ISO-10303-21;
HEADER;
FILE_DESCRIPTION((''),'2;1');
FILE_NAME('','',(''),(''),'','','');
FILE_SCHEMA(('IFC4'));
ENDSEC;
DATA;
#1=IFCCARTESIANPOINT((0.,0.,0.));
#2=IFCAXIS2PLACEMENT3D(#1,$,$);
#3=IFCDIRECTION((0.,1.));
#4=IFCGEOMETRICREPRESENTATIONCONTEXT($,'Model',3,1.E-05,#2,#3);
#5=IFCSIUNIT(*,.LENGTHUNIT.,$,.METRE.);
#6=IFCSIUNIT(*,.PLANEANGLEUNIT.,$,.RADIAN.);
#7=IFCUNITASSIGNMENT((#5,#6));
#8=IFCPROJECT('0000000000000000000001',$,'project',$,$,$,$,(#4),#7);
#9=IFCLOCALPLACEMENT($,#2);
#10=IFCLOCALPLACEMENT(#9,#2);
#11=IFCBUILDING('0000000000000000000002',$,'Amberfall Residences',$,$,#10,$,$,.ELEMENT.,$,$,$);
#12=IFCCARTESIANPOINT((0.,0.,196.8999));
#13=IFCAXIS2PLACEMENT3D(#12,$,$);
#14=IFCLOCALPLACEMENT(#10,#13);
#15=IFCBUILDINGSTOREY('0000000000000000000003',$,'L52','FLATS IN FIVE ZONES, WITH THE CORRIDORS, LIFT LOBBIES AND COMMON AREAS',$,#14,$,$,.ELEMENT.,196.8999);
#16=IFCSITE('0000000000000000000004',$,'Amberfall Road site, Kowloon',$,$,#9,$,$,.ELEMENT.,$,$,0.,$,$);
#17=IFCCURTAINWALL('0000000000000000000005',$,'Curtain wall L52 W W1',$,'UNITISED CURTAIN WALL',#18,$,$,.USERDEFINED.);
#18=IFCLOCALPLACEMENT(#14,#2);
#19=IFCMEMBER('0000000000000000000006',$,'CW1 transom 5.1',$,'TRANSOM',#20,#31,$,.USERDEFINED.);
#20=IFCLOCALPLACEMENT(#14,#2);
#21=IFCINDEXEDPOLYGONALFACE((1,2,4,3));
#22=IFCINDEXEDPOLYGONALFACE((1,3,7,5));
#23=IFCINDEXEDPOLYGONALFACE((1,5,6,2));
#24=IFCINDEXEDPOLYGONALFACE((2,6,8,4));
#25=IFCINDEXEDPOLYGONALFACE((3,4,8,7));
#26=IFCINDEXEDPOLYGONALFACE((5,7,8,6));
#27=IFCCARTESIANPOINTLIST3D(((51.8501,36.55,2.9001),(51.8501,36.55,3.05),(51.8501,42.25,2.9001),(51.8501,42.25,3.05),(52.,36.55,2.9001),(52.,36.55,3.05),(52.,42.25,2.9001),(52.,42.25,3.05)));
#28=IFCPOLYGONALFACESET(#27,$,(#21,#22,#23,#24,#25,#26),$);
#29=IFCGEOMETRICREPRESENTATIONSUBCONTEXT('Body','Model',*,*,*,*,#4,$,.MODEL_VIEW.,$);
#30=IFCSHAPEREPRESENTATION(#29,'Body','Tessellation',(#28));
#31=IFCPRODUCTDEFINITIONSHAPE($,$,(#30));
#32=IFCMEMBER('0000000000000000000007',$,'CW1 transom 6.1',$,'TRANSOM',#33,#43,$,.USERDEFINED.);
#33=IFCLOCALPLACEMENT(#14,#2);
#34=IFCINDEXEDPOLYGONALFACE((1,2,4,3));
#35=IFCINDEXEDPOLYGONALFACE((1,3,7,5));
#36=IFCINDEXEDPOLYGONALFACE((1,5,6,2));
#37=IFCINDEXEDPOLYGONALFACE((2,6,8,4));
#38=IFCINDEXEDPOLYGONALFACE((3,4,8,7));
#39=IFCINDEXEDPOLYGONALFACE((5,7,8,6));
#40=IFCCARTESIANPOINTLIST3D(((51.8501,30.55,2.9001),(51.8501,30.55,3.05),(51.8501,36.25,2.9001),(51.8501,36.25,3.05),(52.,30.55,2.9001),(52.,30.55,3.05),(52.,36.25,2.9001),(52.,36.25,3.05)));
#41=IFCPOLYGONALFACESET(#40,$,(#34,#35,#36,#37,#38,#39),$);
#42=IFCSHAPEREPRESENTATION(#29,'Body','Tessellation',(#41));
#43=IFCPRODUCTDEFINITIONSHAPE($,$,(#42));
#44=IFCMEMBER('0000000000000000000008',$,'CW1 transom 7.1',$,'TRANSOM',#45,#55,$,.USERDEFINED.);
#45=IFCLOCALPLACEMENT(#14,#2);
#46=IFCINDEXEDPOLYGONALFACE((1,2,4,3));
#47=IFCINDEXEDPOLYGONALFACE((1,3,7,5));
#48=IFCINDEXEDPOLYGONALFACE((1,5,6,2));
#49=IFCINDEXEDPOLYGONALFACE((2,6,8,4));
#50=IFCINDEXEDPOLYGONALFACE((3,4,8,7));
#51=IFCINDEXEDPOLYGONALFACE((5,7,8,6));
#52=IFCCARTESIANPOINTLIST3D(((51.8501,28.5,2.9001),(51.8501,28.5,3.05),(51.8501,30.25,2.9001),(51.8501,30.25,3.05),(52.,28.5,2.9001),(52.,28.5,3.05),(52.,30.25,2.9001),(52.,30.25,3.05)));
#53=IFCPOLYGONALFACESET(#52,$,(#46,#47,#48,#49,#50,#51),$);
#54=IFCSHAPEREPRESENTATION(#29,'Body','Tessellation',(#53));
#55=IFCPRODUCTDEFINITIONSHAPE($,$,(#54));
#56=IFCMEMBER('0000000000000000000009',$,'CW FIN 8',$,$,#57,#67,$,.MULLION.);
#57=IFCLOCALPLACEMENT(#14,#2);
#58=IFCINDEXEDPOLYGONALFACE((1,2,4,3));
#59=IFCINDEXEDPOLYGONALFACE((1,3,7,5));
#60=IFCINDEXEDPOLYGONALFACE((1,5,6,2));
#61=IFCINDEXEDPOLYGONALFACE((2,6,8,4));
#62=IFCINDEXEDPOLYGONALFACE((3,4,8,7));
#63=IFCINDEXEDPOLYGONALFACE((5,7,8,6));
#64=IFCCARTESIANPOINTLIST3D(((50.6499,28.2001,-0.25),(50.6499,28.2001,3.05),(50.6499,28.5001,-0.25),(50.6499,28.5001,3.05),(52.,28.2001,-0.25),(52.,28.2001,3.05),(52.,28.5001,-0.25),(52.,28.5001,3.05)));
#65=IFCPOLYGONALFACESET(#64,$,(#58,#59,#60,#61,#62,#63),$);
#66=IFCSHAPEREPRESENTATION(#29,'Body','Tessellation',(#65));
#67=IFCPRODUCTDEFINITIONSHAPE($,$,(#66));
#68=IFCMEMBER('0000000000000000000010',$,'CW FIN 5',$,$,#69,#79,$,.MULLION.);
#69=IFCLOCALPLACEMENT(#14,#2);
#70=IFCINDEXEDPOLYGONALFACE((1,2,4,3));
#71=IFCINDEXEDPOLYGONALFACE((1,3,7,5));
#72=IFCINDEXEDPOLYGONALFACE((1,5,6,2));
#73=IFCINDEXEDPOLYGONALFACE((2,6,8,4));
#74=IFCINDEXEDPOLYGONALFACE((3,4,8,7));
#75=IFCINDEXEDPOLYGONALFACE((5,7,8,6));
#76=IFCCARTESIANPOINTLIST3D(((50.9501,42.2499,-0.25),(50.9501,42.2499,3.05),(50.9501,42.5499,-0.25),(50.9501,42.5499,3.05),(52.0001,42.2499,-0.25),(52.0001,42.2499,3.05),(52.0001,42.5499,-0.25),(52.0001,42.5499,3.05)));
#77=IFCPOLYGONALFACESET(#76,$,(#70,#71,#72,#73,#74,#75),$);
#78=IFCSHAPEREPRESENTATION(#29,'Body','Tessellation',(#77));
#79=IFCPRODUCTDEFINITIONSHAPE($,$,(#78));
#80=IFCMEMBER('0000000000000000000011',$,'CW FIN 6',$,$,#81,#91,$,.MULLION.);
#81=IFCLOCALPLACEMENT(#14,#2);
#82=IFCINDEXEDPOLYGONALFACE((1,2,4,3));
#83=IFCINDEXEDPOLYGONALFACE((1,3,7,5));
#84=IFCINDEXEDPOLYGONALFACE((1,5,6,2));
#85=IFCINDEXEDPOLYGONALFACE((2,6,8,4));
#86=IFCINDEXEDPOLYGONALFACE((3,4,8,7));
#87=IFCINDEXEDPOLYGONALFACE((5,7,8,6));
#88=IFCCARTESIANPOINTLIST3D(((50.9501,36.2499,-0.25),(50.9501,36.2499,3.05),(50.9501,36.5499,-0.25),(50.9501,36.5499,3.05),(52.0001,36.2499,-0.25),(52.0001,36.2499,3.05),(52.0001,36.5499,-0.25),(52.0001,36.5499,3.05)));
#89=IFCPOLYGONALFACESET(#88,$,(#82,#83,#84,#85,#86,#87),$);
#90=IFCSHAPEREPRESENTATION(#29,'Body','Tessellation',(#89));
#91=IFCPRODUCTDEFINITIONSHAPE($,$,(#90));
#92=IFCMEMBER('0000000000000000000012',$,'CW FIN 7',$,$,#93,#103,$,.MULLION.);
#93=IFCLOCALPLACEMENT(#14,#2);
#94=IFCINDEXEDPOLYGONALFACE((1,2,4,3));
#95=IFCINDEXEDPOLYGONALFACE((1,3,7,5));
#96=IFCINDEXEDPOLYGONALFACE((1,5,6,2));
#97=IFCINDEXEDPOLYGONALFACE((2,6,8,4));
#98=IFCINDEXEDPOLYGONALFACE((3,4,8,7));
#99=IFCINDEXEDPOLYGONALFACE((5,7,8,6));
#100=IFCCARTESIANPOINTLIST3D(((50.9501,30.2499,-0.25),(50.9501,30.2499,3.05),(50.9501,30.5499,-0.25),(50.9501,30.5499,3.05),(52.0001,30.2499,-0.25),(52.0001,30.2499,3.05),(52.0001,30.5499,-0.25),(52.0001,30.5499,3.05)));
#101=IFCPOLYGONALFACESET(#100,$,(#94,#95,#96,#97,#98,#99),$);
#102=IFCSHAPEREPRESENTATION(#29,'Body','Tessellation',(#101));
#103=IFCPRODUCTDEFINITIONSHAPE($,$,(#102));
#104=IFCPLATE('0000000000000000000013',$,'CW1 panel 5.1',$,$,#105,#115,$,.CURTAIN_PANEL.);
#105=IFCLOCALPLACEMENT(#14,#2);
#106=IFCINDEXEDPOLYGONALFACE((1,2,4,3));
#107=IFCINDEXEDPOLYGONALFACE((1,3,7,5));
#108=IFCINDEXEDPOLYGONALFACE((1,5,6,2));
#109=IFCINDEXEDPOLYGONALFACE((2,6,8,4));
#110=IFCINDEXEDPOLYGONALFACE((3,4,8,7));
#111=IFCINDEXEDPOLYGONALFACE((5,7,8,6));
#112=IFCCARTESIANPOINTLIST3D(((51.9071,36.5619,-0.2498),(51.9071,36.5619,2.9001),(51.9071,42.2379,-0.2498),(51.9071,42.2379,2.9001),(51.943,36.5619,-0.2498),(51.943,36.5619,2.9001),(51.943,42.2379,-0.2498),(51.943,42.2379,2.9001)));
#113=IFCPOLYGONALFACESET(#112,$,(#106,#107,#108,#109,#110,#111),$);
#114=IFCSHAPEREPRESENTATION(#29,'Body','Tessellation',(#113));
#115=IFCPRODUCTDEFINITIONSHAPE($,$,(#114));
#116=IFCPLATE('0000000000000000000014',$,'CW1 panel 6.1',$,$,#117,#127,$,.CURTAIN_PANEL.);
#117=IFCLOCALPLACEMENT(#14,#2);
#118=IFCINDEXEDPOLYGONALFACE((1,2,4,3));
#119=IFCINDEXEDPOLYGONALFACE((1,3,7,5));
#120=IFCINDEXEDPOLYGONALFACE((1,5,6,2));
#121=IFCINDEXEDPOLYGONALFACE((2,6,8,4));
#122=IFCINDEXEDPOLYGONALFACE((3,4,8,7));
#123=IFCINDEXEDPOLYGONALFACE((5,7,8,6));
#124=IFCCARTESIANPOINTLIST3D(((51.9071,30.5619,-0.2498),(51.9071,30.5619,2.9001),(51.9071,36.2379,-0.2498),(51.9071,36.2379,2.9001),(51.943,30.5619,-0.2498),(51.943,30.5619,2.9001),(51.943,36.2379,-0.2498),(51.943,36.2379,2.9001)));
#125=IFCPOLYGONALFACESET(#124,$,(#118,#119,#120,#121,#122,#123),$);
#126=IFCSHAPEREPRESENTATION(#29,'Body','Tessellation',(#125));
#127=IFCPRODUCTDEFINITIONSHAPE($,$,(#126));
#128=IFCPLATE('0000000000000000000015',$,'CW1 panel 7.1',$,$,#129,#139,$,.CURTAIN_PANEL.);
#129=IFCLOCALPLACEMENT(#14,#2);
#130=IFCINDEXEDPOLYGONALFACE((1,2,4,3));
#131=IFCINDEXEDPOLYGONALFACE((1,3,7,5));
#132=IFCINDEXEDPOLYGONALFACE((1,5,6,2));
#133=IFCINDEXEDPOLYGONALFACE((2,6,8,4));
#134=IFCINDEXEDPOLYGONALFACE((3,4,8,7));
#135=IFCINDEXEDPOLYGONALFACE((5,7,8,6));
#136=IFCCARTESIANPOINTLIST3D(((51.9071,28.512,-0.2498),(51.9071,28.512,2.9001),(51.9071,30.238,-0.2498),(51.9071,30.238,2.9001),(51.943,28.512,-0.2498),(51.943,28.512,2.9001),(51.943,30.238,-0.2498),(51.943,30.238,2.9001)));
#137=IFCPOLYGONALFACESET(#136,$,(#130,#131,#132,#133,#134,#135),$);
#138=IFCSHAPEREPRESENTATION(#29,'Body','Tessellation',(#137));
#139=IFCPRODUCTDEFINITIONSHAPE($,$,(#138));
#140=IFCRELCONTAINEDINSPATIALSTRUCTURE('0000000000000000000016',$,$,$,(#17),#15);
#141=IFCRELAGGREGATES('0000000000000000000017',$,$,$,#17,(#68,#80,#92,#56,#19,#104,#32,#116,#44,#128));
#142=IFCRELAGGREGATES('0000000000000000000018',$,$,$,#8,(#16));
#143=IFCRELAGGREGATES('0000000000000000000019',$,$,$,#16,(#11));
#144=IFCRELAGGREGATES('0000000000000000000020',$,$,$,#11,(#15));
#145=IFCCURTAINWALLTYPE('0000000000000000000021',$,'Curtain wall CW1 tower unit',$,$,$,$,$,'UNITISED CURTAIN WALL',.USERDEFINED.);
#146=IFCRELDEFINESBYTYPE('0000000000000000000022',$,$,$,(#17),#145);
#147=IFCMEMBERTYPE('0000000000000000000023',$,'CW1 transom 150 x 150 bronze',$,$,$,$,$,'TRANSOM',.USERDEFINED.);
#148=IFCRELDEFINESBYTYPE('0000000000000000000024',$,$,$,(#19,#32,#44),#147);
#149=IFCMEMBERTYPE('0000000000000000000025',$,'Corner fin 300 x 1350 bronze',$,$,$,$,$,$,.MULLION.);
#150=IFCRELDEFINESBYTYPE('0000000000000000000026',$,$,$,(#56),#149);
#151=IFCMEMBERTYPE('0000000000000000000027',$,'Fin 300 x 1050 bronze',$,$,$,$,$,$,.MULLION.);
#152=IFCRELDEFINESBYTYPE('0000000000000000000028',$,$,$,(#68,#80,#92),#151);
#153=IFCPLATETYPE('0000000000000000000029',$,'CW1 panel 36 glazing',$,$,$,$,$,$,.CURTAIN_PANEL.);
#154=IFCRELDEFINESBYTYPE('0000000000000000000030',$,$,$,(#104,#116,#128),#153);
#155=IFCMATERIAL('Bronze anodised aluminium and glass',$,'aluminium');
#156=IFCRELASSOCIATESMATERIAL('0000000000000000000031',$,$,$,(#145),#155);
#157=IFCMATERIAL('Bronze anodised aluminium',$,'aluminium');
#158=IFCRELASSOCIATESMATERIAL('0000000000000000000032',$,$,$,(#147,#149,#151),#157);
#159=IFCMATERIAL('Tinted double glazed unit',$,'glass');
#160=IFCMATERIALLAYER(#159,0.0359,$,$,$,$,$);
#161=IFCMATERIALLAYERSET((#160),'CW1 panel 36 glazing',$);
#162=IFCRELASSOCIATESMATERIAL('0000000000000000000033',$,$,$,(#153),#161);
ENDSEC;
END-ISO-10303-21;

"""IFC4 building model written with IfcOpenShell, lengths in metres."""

from ifc_helpers import new_model, si_unit, direction, frame, origin, origin_2d, place, context, subcontext, project, spatial, rectangle, extrude, material, layer, layer_set, material_profile, profile_set, type_object, element, aggregate, save


model = new_model("IFC4")

# Units and contexts
model_context = context("Model", 3, precision=1e-05, world=origin(), true_north=direction((0.0, 1.0)))
body_context = subcontext(model_context, "Body", "Model", "MODEL_VIEW")
ifc_project = project(units=[si_unit("LENGTHUNIT", "METRE"), si_unit("PLANEANGLEUNIT", "RADIAN")], contexts=[model_context])

# Site, building, storey
site_placement = place(None, origin())
site = spatial("IfcSite", under=ifc_project, at=site_placement, Name="Amberfall Road site, Kowloon", CompositionType="ELEMENT", RefElevation=0.0)
building_placement = place(site_placement, origin())
building = spatial("IfcBuilding", under=site, at=building_placement, Name="Amberfall Residences", CompositionType="ELEMENT")
storey_placement = place(building_placement, frame((0.0, 0.0, 196.8999)))
storey = spatial("IfcBuildingStorey", under=building, at=storey_placement, Name="L52", Description="FLATS IN FIVE ZONES, WITH THE CORRIDORS, LIFT LOBBIES AND COMMON AREAS", CompositionType="ELEMENT", Elevation=196.8999)

# Curtain wall, members, plates
ifc_material_1 = material(Name="Bronze anodised aluminium and glass", Category="aluminium")
curtain_wall_type = type_object("IfcCurtainWallType", Name="Curtain wall CW1 tower unit", ElementType="UNITISED CURTAIN WALL", PredefinedType="USERDEFINED", material=ifc_material_1)
curtain_wall_placement = place(storey_placement, origin())
curtain_wall = element("IfcCurtainWall", 1, at=curtain_wall_placement, inside=storey, type_object=curtain_wall_type, Name="Curtain wall L52 W W1", ObjectType="UNITISED CURTAIN WALL", PredefinedType="USERDEFINED")
ifc_material_2 = material(Name="Bronze anodised aluminium", Category="aluminium")
ifc_material_profile_1 = material_profile(ifc_material_2, rectangle(XDim=0.1499, YDim=0.1499, at=origin_2d()), Name="CW1 transom 150 x 150 bronze")
ifc_profile_set_1 = profile_set([ifc_material_profile_1], Name="Bronze anodised aluminium")
member_type_1 = type_object("IfcMemberType", Name="CW1 transom 150 x 150 bronze", ElementType="TRANSOM", PredefinedType="USERDEFINED", material=ifc_profile_set_1)
member_1_placement = place(storey_placement, frame((51.925, 42.25, 2.9751), z_axis=(0.0, -1.0, 0.0), x_axis=(1.0, 0.0, 0.0)))
member_1 = element("IfcMember", 2, at=member_1_placement, type_object=member_type_1, Name="CW1 transom 5.1", ObjectType="TRANSOM", PredefinedType="USERDEFINED", context=body_context, shape_type="SweptSolid", body=[
    extrude(rectangle(XDim=0.1499, YDim=0.1499, at=origin_2d()), origin(), (0.0, 0.0, 1.0), 5.7),
])
member_2_placement = place(storey_placement, frame((51.925, 36.25, 2.9751), z_axis=(0.0, -1.0, 0.0), x_axis=(1.0, 0.0, 0.0)))
member_2 = element("IfcMember", 3, at=member_2_placement, type_object=member_type_1, Name="CW1 transom 6.1", ObjectType="TRANSOM", PredefinedType="USERDEFINED", context=body_context, shape_type="SweptSolid", body=[
    extrude(rectangle(XDim=0.1499, YDim=0.1499, at=origin_2d()), origin(), (0.0, 0.0, 1.0), 5.7),
])
member_3_placement = place(storey_placement, frame((51.925, 30.25, 2.9751), z_axis=(0.0, -1.0, 0.0), x_axis=(1.0, 0.0, 0.0)))
member_3 = element("IfcMember", 4, at=member_3_placement, type_object=member_type_1, Name="CW1 transom 7.1", ObjectType="TRANSOM", PredefinedType="USERDEFINED", context=body_context, shape_type="SweptSolid", body=[
    extrude(rectangle(XDim=0.1499, YDim=0.1499, at=origin_2d()), origin(), (0.0, 0.0, 1.0), 1.75),
])
ifc_material_profile_2 = material_profile(ifc_material_2, rectangle(XDim=1.3501, YDim=0.3, at=origin_2d()), Name="Corner fin 300 x 1350 bronze")
ifc_profile_set_2 = profile_set([ifc_material_profile_2], Name="Bronze anodised aluminium")
member_type_2 = type_object("IfcMemberType", Name="Corner fin 300 x 1350 bronze", PredefinedType="MULLION", material=ifc_profile_set_2)
member_4_placement = place(storey_placement, frame((51.325, 28.3501, -0.25), z_axis=(0.0, 0.0, 1.0), x_axis=(1.0, 0.0, 0.0)))
member_4 = element("IfcMember", 5, at=member_4_placement, type_object=member_type_2, Name="CW FIN 8", PredefinedType="MULLION", context=body_context, shape_type="SweptSolid", body=[
    extrude(rectangle(XDim=1.3501, YDim=0.3, at=origin_2d()), origin(), (0.0, 0.0, 1.0), 3.3),
])
ifc_material_profile_3 = material_profile(ifc_material_2, rectangle(XDim=1.05, YDim=0.3, at=origin_2d()), Name="Fin 300 x 1050 bronze")
ifc_profile_set_3 = profile_set([ifc_material_profile_3], Name="Bronze anodised aluminium")
member_type_3 = type_object("IfcMemberType", Name="Fin 300 x 1050 bronze", PredefinedType="MULLION", material=ifc_profile_set_3)
member_5_placement = place(storey_placement, frame((51.4751, 42.3999, -0.25), z_axis=(0.0, 0.0, 1.0), x_axis=(1.0, 0.0, 0.0)))
member_5 = element("IfcMember", 6, at=member_5_placement, type_object=member_type_3, Name="CW FIN 5", PredefinedType="MULLION", context=body_context, shape_type="SweptSolid", body=[
    extrude(rectangle(XDim=1.05, YDim=0.3, at=origin_2d()), origin(), (0.0, 0.0, 1.0), 3.3),
])
member_6_placement = place(storey_placement, frame((51.4751, 36.3999, -0.25), z_axis=(0.0, 0.0, 1.0), x_axis=(1.0, 0.0, 0.0)))
member_6 = element("IfcMember", 7, at=member_6_placement, type_object=member_type_3, Name="CW FIN 6", PredefinedType="MULLION", context=body_context, shape_type="SweptSolid", body=[
    extrude(rectangle(XDim=1.05, YDim=0.3, at=origin_2d()), origin(), (0.0, 0.0, 1.0), 3.3),
])
member_7_placement = place(storey_placement, frame((51.4751, 30.3999, -0.25), z_axis=(0.0, 0.0, 1.0), x_axis=(1.0, 0.0, 0.0)))
member_7 = element("IfcMember", 8, at=member_7_placement, type_object=member_type_3, Name="CW FIN 7", PredefinedType="MULLION", context=body_context, shape_type="SweptSolid", body=[
    extrude(rectangle(XDim=1.05, YDim=0.3, at=origin_2d()), origin(), (0.0, 0.0, 1.0), 3.3),
])
ifc_material_3 = material(Name="Tinted double glazed unit", Category="glass")
ifc_layer_1 = layer(ifc_material_3, 0.0359)
ifc_layer_set_1 = layer_set([ifc_layer_1], Name="CW1 panel 36 glazing")
plate_type = type_object("IfcPlateType", Name="CW1 panel 36 glazing", PredefinedType="CURTAIN_PANEL", material=ifc_layer_set_1)
plate_1_placement = place(storey_placement, frame((51.925, 39.3999, -0.2498), z_axis=(0.0, 0.0, 1.0), x_axis=(0.0, -1.0, 0.0)))
plate_1 = element("IfcPlate", 9, at=plate_1_placement, type_object=plate_type, Name="CW1 panel 5.1", PredefinedType="CURTAIN_PANEL", context=body_context, shape_type="SweptSolid", body=[
    extrude(rectangle(XDim=5.676, YDim=0.0359, at=origin_2d()), origin(), (0.0, 0.0, 1.0), 3.1499),
])
plate_2_placement = place(storey_placement, frame((51.925, 33.3999, -0.2498), z_axis=(0.0, 0.0, 1.0), x_axis=(0.0, -1.0, 0.0)))
plate_2 = element("IfcPlate", 10, at=plate_2_placement, type_object=plate_type, Name="CW1 panel 6.1", PredefinedType="CURTAIN_PANEL", context=body_context, shape_type="SweptSolid", body=[
    extrude(rectangle(XDim=5.676, YDim=0.0359, at=origin_2d()), origin(), (0.0, 0.0, 1.0), 3.1499),
])
plate_3_placement = place(storey_placement, frame((51.925, 29.375, -0.2498), z_axis=(0.0, 0.0, 1.0), x_axis=(0.0, -1.0, 0.0)))
plate_3 = element("IfcPlate", 11, at=plate_3_placement, type_object=plate_type, Name="CW1 panel 7.1", PredefinedType="CURTAIN_PANEL", context=body_context, shape_type="SweptSolid", body=[
    extrude(rectangle(XDim=1.7261, YDim=0.0359, at=origin_2d()), origin(), (0.0, 0.0, 1.0), 3.1499),
])
aggregate(curtain_wall, [member_5, member_6, member_7, member_4, member_1, plate_1, member_2, plate_2, member_3, plate_3])

save(model, "model.ifc")
